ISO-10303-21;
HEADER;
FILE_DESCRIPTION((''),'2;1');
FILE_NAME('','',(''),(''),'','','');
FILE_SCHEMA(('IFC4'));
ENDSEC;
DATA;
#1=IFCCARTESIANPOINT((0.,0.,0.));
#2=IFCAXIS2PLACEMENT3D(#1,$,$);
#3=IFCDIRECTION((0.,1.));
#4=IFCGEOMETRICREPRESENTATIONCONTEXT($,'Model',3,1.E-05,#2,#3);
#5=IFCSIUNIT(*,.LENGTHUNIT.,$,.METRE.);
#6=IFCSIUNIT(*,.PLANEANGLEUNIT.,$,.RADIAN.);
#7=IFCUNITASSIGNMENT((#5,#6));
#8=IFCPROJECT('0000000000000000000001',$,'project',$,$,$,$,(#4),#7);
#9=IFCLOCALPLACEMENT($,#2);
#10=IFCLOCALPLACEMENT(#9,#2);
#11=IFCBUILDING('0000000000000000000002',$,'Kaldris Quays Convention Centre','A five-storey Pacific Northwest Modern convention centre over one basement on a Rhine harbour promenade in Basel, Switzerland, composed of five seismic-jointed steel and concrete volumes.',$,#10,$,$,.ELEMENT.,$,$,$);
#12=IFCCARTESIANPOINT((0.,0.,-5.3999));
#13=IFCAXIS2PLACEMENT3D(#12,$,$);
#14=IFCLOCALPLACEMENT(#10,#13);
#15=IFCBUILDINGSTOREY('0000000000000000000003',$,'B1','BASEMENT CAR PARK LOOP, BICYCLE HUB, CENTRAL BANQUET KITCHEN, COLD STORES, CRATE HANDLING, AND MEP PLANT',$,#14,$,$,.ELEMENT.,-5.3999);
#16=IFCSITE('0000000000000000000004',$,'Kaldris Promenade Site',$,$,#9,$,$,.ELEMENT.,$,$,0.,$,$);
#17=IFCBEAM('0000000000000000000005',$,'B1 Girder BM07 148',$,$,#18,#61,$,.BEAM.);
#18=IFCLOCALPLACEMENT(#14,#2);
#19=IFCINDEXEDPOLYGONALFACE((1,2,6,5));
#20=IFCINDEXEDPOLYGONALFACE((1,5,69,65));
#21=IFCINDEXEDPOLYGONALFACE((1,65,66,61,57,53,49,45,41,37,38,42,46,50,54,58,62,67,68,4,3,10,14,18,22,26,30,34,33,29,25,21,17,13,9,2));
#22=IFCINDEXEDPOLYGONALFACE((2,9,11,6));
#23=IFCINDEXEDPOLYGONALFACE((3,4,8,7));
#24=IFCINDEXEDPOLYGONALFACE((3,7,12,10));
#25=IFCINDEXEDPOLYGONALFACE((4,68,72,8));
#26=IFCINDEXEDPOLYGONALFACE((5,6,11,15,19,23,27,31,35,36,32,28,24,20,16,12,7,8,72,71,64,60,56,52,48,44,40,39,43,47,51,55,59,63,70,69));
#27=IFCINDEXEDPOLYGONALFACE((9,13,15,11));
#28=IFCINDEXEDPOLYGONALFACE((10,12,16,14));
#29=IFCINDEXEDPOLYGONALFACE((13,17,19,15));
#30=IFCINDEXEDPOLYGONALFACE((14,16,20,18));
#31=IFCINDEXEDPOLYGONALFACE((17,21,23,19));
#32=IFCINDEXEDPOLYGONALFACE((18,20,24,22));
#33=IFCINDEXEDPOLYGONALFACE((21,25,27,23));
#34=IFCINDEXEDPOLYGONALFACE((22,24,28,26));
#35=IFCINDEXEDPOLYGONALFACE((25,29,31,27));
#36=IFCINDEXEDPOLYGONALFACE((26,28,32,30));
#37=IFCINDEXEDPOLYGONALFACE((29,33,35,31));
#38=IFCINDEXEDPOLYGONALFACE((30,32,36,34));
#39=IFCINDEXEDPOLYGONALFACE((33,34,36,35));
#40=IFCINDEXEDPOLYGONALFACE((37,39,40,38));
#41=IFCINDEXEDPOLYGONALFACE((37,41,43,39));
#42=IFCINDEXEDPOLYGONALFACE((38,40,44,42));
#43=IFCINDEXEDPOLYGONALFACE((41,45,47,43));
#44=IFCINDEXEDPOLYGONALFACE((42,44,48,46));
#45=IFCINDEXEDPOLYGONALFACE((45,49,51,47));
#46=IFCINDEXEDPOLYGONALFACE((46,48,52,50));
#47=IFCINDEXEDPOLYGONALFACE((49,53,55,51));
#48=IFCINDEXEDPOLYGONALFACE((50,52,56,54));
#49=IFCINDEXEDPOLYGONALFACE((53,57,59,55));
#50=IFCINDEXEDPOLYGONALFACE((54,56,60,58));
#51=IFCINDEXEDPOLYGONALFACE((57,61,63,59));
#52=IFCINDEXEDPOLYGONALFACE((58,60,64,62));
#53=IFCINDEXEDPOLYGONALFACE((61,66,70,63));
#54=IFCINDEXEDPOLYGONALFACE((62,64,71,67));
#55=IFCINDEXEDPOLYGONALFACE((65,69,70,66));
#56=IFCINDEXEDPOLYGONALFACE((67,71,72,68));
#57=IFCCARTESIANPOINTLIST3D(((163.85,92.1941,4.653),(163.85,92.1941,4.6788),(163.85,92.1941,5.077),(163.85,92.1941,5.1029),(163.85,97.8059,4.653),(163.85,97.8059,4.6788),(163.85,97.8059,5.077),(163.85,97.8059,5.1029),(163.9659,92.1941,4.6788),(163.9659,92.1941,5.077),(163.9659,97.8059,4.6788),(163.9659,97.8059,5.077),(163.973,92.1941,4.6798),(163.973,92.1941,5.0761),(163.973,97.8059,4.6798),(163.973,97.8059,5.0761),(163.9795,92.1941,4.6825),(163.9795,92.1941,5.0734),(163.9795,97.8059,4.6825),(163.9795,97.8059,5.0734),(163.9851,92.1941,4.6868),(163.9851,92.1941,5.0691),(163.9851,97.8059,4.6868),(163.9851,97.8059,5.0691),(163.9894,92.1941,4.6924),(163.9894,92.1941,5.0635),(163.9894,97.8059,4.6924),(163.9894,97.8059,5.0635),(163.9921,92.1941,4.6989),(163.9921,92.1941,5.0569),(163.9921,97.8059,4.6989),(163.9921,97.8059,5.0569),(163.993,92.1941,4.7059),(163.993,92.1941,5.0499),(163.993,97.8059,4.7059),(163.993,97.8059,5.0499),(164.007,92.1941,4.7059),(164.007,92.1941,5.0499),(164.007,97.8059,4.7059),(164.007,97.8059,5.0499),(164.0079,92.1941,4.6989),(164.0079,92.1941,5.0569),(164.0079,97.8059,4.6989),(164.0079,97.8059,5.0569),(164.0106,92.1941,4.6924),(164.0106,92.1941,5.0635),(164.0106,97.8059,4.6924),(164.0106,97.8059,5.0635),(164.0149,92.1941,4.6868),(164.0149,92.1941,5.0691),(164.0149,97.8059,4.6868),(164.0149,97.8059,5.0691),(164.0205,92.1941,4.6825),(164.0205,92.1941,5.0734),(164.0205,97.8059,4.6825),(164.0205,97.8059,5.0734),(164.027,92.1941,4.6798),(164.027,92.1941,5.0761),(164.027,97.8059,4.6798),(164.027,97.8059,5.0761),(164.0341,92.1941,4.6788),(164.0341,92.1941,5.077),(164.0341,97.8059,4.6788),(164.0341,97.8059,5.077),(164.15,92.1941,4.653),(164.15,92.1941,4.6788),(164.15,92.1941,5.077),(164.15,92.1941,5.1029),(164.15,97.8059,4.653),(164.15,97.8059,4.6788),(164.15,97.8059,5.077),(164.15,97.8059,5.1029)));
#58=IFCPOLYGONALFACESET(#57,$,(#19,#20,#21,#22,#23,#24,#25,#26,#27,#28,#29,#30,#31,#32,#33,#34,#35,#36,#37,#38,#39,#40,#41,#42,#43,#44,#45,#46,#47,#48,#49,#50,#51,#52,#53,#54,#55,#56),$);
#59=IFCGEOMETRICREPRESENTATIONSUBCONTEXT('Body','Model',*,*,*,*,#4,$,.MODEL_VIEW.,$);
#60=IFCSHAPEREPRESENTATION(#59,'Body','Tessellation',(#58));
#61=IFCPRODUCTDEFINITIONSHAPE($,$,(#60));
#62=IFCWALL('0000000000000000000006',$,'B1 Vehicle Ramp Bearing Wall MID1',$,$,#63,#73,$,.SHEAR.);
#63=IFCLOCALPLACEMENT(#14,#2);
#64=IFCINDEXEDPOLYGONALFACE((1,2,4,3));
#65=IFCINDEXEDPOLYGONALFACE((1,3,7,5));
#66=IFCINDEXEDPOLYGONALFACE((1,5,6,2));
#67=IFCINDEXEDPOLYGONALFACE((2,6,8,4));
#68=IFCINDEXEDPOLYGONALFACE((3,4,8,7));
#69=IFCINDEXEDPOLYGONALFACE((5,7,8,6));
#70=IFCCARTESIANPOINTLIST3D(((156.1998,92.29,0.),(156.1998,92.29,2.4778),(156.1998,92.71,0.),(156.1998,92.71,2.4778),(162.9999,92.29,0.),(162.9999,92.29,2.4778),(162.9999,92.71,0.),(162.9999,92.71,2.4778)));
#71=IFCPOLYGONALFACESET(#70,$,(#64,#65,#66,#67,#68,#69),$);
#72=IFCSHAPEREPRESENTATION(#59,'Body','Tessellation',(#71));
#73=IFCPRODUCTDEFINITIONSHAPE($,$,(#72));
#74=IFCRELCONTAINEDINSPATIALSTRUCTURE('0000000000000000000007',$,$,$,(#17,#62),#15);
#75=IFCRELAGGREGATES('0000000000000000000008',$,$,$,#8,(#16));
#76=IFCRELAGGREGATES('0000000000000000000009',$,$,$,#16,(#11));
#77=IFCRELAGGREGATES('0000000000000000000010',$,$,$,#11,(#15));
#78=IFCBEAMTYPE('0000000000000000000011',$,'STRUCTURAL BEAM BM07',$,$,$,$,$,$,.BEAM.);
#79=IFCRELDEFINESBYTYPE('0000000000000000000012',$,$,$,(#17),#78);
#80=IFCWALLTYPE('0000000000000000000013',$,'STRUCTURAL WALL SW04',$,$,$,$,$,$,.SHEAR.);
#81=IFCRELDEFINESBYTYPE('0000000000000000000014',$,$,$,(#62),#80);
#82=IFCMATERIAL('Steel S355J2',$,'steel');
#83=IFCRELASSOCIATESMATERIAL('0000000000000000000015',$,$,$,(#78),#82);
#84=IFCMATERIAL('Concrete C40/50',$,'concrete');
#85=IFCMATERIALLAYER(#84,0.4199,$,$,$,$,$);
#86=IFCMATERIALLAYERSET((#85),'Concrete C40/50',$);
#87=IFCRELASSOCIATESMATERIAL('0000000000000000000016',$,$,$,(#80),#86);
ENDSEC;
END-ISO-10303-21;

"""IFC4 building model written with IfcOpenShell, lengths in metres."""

from ifc_helpers import new_model, si_unit, direction, frame, frame_2d, origin, origin_2d, place, context, subcontext, project, spatial, rectangle, i_section, extrude, material, layer, layer_set, material_profile, profile_set, type_object, element, save


model = new_model("IFC4")

# Units and contexts
model_context = context("Model", 3, precision=1e-05, world=origin(), true_north=direction((0.0, 1.0)))
body_context = subcontext(model_context, "Body", "Model", "MODEL_VIEW")
ifc_project = project(units=[si_unit("LENGTHUNIT", "METRE"), si_unit("PLANEANGLEUNIT", "RADIAN")], contexts=[model_context])

# Site, building, storey
site_placement = place(None, origin())
site = spatial("IfcSite", under=ifc_project, at=site_placement, Name="Kaldris Promenade Site", CompositionType="ELEMENT", RefElevation=0.0)
building_placement = place(site_placement, origin())
building = spatial("IfcBuilding", under=site, at=building_placement, Name="Kaldris Quays Convention Centre", Description="A five-storey Pacific Northwest Modern convention centre over one basement on a Rhine harbour promenade in Basel, Switzerland, composed of five seismic-jointed steel and concrete volumes.", CompositionType="ELEMENT")
storey_placement = place(building_placement, frame((0.0, 0.0, -5.3999)))
storey = spatial("IfcBuildingStorey", under=building, at=storey_placement, Name="B1", Description="BASEMENT CAR PARK LOOP, BICYCLE HUB, CENTRAL BANQUET KITCHEN, COLD STORES, CRATE HANDLING, AND MEP PLANT", CompositionType="ELEMENT", Elevation=-5.3999)

# Shared definitions
ifc_material_1 = material(Name="Steel S355J2", Category="steel")

# Beam
ifc_material_profile_1 = material_profile(ifc_material_1, i_section(OverallWidth=0.3, OverallDepth=0.45, WebThickness=0.0139, FlangeThickness=0.0259, FilletRadius=0.0271, at=origin_2d()), Name="HEB 450")
ifc_profile_set_1 = profile_set([ifc_material_profile_1], Name="Steel S355J2")
beam_type_1 = type_object("IfcBeamType", Name="STRUCTURAL BEAM BM07", PredefinedType="BEAM", material=ifc_profile_set_1)
beam_1_placement = place(storey_placement, frame((164.0, 92.1941, 4.8779), z_axis=(0.0, 1.0, 0.0), x_axis=(-1.0, 0.0, 0.0)))
element("IfcBeam", 1, at=beam_1_placement, inside=storey, type_object=beam_type_1, Name="B1 Girder BM07 148", PredefinedType="BEAM", context=body_context, shape_type="SweptSolid", body=[
    extrude(i_section(OverallWidth=0.3, OverallDepth=0.45, WebThickness=0.0139, FlangeThickness=0.0259, FilletRadius=0.0271, at=origin_2d()), origin(), (0.0, 0.0, 1.0), 5.6118),
])

# Wall
ifc_material_2 = material(Name="Concrete C40/50", Category="concrete")
ifc_layer = layer(ifc_material_2, 0.4199)
ifc_layer_set = layer_set([ifc_layer], Name="Concrete C40/50")
wall_type = type_object("IfcWallType", Name="STRUCTURAL WALL SW04", PredefinedType="SHEAR", material=ifc_layer_set)
wall_placement = place(storey_placement, frame((156.2, 92.5, 0.0), z_axis=(0.0, 0.0, 1.0), x_axis=(1.0, 0.0, 0.0)))
element("IfcWall", 2, at=wall_placement, inside=storey, type_object=wall_type, Name="B1 Vehicle Ramp Bearing Wall MID1", PredefinedType="SHEAR", context=body_context, shape_type="SweptSolid", body=[
    extrude(rectangle(XDim=6.8, YDim=0.4199, at=frame_2d((3.3999, 0.0))), origin(), (0.0, 0.0, 1.0), 2.4778),
])

save(model, "model.ifc")
